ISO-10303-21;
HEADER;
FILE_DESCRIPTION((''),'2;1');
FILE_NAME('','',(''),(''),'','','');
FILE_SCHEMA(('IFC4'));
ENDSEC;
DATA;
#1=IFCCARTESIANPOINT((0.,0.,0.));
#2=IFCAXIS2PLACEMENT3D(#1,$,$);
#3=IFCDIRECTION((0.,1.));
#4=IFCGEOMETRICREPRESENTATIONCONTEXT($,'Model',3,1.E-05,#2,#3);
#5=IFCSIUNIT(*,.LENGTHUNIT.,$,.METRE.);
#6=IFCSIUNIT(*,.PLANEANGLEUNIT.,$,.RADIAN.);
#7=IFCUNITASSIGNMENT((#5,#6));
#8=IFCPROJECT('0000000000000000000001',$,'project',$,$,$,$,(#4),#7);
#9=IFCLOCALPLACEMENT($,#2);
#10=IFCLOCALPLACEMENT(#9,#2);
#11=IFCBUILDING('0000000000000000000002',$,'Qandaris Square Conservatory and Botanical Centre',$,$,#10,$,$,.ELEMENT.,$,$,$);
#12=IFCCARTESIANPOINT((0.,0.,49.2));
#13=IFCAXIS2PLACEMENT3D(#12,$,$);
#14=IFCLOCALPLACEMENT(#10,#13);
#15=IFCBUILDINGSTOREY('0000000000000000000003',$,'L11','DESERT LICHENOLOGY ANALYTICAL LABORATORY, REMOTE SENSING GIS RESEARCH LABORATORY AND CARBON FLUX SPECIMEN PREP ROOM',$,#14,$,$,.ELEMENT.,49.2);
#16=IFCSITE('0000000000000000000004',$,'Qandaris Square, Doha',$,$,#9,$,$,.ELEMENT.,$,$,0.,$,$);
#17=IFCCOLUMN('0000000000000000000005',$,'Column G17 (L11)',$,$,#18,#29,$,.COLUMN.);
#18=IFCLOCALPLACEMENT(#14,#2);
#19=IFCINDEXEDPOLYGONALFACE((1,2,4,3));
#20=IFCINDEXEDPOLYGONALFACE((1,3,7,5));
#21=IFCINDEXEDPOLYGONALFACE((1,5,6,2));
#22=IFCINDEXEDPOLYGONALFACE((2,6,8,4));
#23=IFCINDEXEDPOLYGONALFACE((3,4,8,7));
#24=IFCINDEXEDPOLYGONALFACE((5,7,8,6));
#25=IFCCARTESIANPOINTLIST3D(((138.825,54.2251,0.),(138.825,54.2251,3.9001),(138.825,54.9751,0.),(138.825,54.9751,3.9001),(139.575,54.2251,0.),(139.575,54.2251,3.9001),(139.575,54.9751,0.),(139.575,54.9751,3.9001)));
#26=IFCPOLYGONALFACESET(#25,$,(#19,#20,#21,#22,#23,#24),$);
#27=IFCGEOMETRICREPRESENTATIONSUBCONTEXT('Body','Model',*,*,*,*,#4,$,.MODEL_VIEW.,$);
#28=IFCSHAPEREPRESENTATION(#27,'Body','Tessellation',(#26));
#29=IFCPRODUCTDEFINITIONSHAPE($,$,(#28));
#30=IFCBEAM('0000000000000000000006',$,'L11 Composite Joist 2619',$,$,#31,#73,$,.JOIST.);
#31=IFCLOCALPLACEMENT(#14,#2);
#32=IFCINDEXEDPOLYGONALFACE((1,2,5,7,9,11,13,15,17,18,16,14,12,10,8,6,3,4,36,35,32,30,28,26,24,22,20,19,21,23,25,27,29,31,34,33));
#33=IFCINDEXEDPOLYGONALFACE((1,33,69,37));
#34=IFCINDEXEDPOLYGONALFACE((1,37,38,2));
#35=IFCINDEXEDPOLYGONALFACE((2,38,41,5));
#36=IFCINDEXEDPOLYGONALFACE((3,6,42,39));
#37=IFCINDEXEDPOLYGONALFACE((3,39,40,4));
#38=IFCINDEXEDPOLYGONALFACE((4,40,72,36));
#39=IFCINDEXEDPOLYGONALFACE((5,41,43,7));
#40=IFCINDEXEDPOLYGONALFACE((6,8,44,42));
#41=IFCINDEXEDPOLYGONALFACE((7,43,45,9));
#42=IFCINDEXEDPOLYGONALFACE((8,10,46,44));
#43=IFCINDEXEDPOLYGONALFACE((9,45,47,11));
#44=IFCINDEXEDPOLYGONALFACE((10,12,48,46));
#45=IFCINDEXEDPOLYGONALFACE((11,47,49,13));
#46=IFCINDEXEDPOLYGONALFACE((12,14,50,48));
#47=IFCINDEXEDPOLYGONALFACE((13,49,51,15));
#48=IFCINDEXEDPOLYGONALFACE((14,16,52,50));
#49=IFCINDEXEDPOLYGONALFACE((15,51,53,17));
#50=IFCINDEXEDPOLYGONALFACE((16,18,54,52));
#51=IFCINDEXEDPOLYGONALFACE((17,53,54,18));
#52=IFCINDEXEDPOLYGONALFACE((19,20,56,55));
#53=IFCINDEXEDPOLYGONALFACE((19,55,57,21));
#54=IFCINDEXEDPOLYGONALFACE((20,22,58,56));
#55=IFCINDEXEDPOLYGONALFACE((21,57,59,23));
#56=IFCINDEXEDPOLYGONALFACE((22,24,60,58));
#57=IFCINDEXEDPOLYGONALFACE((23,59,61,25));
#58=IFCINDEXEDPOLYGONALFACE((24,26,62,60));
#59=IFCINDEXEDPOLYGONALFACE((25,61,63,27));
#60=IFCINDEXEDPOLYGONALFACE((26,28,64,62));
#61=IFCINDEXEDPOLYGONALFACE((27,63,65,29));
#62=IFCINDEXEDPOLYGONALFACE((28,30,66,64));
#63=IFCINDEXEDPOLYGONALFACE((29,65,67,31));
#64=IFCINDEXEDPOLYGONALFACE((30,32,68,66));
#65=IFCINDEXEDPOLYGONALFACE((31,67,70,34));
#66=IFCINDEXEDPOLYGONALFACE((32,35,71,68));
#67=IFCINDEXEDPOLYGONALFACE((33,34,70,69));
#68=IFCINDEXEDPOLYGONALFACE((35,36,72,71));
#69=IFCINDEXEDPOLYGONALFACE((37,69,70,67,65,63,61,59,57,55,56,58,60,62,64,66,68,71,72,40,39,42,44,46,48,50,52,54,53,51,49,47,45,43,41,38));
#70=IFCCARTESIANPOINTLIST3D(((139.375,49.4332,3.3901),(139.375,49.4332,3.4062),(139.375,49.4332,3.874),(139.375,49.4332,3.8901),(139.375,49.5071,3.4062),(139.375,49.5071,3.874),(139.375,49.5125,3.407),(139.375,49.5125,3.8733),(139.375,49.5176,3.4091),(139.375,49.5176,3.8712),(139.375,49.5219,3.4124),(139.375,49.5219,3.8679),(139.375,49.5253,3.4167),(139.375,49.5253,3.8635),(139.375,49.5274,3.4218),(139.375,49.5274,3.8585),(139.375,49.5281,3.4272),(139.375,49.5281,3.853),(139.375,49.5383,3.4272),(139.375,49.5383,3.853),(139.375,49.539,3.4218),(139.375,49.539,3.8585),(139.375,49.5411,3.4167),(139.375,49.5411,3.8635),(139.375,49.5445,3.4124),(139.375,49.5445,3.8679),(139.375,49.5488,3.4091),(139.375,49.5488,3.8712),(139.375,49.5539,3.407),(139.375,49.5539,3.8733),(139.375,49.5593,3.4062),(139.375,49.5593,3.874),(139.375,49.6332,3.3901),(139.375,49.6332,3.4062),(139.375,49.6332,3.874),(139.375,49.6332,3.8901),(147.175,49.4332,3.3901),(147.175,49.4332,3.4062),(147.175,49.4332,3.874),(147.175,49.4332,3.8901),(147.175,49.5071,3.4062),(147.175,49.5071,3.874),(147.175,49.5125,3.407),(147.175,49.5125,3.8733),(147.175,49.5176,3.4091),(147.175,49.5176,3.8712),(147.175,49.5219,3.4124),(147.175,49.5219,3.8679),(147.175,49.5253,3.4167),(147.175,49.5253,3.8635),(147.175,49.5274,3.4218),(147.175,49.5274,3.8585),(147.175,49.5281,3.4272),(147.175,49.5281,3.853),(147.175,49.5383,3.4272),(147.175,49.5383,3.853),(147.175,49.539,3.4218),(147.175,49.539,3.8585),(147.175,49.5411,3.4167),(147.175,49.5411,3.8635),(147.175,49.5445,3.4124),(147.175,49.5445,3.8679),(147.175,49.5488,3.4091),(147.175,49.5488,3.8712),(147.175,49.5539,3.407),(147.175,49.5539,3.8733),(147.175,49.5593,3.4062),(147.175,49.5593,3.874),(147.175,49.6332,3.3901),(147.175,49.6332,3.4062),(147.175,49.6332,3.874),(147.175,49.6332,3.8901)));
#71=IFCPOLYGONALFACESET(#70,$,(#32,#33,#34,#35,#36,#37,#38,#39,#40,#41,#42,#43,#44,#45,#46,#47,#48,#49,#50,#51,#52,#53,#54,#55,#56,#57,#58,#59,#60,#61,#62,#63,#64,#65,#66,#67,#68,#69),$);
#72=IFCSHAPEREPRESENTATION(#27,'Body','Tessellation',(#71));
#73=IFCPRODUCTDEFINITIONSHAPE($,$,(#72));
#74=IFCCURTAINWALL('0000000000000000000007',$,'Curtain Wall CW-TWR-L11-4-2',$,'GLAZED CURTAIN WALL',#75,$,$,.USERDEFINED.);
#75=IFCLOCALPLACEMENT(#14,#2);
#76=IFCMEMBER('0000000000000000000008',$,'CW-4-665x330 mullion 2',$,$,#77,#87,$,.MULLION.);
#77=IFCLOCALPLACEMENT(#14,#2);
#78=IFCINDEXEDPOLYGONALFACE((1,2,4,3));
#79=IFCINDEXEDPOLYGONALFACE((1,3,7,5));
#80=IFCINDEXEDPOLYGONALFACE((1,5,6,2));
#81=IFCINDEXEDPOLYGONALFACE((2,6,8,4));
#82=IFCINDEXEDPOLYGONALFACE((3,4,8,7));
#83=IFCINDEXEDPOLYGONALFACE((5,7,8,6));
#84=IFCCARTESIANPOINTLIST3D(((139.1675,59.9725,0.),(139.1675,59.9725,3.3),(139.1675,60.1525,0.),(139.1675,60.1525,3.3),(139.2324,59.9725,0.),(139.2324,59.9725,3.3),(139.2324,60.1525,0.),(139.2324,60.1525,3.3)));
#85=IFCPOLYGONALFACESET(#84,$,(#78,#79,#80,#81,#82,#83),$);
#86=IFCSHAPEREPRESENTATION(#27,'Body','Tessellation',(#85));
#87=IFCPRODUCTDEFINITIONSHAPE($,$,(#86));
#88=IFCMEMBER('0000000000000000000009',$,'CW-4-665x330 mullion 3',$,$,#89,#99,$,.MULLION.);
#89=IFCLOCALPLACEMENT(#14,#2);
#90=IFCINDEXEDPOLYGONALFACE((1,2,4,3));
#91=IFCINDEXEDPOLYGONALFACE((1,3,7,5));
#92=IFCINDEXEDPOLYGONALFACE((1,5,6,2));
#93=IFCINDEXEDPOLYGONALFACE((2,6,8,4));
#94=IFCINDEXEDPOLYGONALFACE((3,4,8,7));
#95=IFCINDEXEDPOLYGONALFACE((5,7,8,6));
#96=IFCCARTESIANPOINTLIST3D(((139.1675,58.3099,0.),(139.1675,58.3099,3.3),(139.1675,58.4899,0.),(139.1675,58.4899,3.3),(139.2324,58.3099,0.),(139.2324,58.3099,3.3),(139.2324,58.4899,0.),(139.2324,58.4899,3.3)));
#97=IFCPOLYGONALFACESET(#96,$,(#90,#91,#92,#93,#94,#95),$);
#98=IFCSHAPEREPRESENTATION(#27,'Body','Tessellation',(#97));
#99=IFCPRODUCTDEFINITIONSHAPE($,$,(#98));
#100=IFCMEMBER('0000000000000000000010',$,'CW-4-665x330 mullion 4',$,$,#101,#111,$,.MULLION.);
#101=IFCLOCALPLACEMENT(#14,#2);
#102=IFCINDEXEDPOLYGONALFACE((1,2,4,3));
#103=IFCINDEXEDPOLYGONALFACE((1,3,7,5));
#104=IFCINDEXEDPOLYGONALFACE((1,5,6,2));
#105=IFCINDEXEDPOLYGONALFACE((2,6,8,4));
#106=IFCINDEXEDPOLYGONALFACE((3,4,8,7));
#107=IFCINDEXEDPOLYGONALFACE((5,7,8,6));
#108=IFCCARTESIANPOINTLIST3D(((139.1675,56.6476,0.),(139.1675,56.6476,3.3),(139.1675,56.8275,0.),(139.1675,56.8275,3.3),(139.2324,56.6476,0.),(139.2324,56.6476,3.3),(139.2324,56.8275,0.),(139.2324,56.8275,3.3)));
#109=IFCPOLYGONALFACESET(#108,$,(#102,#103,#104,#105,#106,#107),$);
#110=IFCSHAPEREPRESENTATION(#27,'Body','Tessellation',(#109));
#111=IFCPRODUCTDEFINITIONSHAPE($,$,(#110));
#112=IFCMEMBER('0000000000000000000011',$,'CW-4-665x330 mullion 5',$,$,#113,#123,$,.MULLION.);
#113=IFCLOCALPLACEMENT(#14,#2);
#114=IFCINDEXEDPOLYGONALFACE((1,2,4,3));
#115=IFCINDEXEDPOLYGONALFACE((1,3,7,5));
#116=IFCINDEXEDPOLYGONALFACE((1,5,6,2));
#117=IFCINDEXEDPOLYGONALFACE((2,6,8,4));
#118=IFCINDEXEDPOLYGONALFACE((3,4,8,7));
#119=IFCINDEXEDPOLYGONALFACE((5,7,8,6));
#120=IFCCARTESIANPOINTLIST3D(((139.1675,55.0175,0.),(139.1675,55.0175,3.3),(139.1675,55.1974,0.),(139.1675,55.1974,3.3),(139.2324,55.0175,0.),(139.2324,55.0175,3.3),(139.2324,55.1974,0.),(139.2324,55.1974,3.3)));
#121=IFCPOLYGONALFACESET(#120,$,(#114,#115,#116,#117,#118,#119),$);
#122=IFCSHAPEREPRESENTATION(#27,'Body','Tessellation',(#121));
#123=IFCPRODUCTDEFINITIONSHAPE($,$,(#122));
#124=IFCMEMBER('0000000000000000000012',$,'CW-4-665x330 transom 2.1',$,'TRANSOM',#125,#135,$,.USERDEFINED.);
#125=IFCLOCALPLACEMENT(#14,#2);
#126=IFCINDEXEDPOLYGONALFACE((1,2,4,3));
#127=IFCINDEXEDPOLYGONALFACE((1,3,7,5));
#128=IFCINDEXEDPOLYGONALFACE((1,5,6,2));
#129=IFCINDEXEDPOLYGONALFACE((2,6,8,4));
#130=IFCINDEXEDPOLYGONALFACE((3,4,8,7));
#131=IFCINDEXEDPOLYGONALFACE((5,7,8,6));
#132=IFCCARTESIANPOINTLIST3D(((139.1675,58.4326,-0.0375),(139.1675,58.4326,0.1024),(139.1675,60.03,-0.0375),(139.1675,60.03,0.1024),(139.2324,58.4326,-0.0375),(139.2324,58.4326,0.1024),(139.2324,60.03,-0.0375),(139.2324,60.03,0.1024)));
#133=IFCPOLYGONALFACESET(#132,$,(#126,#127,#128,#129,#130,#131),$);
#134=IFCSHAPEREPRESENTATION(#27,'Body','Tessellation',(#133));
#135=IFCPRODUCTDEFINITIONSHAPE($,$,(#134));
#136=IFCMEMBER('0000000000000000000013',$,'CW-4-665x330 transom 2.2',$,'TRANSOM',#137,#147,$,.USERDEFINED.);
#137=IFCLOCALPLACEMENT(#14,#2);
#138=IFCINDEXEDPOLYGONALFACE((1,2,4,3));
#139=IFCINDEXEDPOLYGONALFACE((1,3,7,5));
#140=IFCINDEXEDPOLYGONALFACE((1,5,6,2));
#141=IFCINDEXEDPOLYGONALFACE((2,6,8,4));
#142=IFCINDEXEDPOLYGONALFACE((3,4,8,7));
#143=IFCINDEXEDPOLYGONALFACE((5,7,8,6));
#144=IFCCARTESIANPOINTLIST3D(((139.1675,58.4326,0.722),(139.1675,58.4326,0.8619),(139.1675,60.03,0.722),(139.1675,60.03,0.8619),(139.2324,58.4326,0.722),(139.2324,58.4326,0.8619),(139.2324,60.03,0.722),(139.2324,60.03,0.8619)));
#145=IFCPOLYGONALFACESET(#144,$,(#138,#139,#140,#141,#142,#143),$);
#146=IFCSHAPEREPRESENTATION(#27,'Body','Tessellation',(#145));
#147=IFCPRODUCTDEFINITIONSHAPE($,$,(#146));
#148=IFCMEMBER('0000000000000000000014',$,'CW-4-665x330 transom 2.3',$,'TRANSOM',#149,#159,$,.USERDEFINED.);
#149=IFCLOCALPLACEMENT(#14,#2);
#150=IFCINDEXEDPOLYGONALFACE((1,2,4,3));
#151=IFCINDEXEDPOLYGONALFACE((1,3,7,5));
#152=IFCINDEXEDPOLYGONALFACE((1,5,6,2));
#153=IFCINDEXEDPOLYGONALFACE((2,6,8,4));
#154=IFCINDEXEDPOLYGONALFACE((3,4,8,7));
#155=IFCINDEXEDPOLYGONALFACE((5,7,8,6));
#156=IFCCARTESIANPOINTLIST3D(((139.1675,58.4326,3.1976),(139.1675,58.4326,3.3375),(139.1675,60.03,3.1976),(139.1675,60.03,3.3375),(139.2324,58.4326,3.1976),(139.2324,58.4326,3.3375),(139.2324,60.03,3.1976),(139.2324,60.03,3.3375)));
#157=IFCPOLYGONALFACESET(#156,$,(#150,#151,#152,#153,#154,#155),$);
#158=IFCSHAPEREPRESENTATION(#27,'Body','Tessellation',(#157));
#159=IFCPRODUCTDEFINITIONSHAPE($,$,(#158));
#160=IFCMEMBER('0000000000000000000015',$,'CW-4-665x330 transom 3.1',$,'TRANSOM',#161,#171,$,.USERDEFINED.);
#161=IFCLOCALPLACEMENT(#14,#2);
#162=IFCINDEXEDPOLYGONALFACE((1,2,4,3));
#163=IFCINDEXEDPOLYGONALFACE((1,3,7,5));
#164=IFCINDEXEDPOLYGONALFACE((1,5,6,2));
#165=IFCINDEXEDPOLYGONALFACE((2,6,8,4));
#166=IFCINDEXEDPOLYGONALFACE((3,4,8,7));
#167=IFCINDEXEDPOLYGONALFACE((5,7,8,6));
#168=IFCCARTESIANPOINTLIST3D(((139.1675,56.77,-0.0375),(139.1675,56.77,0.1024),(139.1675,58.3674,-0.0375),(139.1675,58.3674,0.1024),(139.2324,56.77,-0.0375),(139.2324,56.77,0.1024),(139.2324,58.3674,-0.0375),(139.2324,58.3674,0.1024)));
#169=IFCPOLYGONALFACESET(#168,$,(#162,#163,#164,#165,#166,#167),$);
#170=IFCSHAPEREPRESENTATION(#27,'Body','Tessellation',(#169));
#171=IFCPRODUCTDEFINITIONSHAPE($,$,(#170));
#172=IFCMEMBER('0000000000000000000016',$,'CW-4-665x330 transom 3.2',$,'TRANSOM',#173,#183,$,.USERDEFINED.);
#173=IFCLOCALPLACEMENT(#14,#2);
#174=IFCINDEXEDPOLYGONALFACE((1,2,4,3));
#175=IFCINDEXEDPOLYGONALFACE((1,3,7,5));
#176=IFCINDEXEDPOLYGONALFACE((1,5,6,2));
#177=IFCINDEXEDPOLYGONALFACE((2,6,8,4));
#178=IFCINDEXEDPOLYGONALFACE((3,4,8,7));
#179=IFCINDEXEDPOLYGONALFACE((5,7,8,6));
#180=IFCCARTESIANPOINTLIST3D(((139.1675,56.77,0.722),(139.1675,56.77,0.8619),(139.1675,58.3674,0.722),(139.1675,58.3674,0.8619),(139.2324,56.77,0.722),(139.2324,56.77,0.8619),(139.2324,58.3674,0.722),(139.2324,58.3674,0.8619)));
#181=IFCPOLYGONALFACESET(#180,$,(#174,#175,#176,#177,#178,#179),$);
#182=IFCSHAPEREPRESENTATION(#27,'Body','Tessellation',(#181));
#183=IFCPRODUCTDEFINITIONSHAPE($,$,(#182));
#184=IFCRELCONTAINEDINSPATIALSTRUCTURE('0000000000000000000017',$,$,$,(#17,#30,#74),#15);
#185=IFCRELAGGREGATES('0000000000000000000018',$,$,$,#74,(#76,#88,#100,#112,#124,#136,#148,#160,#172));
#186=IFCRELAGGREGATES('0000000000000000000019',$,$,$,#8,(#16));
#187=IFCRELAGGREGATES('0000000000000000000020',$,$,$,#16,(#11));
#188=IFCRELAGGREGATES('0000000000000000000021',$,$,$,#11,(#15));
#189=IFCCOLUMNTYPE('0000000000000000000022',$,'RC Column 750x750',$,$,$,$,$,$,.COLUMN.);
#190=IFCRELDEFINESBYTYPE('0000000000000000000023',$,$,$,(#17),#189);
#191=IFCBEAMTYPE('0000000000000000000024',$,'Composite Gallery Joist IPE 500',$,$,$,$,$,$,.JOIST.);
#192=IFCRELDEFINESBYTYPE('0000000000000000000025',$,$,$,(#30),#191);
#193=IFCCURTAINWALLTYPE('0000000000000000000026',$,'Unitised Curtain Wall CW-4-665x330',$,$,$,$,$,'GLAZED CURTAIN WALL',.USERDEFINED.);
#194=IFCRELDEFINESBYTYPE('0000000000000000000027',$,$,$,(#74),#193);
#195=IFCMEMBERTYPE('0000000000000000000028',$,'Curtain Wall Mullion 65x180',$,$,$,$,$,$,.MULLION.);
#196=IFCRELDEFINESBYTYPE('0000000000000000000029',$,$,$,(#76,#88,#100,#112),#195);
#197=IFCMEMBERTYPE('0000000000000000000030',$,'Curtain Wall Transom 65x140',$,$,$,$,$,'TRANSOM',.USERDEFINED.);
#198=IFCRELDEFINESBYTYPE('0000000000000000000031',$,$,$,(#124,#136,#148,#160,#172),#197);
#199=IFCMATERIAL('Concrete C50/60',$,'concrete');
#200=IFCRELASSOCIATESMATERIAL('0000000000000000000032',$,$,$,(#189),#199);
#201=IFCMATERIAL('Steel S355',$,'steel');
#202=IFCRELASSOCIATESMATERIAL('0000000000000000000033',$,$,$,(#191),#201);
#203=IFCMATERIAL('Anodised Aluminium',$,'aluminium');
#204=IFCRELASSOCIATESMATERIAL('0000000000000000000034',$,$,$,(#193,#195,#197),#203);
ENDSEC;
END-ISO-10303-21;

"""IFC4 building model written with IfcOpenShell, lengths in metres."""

from ifc_helpers import new_model, si_unit, direction, frame, origin, origin_2d, place, context, subcontext, project, spatial, rectangle, i_section, extrude, material, material_profile, profile_set, type_object, element, aggregate, save


model = new_model("IFC4")

# Units and contexts
model_context = context("Model", 3, precision=1e-05, world=origin(), true_north=direction((0.0, 1.0)))
body_context = subcontext(model_context, "Body", "Model", "MODEL_VIEW")
ifc_project = project(units=[si_unit("LENGTHUNIT", "METRE"), si_unit("PLANEANGLEUNIT", "RADIAN")], contexts=[model_context])

# Site, building, storey
site_placement = place(None, origin())
site = spatial("IfcSite", under=ifc_project, at=site_placement, Name="Qandaris Square, Doha", CompositionType="ELEMENT", RefElevation=0.0)
building_placement = place(site_placement, origin())
building = spatial("IfcBuilding", under=site, at=building_placement, Name="Qandaris Square Conservatory and Botanical Centre", CompositionType="ELEMENT")
storey_placement = place(building_placement, frame((0.0, 0.0, 49.2)))
storey = spatial("IfcBuildingStorey", under=building, at=storey_placement, Name="L11", Description="DESERT LICHENOLOGY ANALYTICAL LABORATORY, REMOTE SENSING GIS RESEARCH LABORATORY AND CARBON FLUX SPECIMEN PREP ROOM", CompositionType="ELEMENT", Elevation=49.2)

# Column
ifc_material_1 = material(Name="Concrete C50/60", Category="concrete")
ifc_material_profile_1 = material_profile(ifc_material_1, rectangle(XDim=0.75, YDim=0.75, at=origin_2d()), Name="RC-COL 750x750")
ifc_profile_set_1 = profile_set([ifc_material_profile_1], Name="Concrete C50/60")
column_type = type_object("IfcColumnType", Name="RC Column 750x750", PredefinedType="COLUMN", material=ifc_profile_set_1)
column_placement = place(storey_placement, frame((139.2, 54.6001, 0.0), z_axis=(0.0, 0.0, 1.0), x_axis=(1.0, 0.0, 0.0)))
element("IfcColumn", 1, at=column_placement, inside=storey, type_object=column_type, Name="Column G17 (L11)", PredefinedType="COLUMN", context=body_context, shape_type="SweptSolid", body=[
    extrude(rectangle(XDim=0.75, YDim=0.75, at=origin_2d()), origin(), (0.0, 0.0, 1.0), 3.9001),
])

# Beam
ifc_material_2 = material(Name="Steel S355", Category="steel")
ifc_material_profile_2 = material_profile(ifc_material_2, i_section(OverallWidth=0.2, OverallDepth=0.5, WebThickness=0.0103, FlangeThickness=0.0161, FilletRadius=0.021, at=origin_2d()), Name="IPE 500")
ifc_profile_set_2 = profile_set([ifc_material_profile_2], Name="Steel S355")
beam_type_1 = type_object("IfcBeamType", Name="Composite Gallery Joist IPE 500", PredefinedType="JOIST", material=ifc_profile_set_2)
beam_1_placement = place(storey_placement, frame((139.375, 49.5332, 3.6401), z_axis=(1.0, 0.0, 0.0), x_axis=(0.0, 1.0, 0.0)))
element("IfcBeam", 2, at=beam_1_placement, inside=storey, type_object=beam_type_1, Name="L11 Composite Joist 2619", PredefinedType="JOIST", context=body_context, shape_type="SweptSolid", body=[
    extrude(i_section(OverallWidth=0.2, OverallDepth=0.5, WebThickness=0.0103, FlangeThickness=0.0161, FilletRadius=0.021, at=origin_2d()), origin(), (0.0, 0.0, 1.0), 7.8),
])

# Curtain wall, members
ifc_material_3 = material(Name="Anodised Aluminium", Category="aluminium")
curtain_wall_type = type_object("IfcCurtainWallType", Name="Unitised Curtain Wall CW-4-665x330", ElementType="GLAZED CURTAIN WALL", PredefinedType="USERDEFINED", material=ifc_material_3)
curtain_wall_placement = place(storey_placement, origin())
curtain_wall = element("IfcCurtainWall", 3, at=curtain_wall_placement, inside=storey, type_object=curtain_wall_type, Name="Curtain Wall CW-TWR-L11-4-2", ObjectType="GLAZED CURTAIN WALL", PredefinedType="USERDEFINED")
ifc_material_profile_3 = material_profile(ifc_material_3, rectangle(XDim=0.0649, YDim=0.1799, at=origin_2d()), Name="ALU-MUL 65x180")
ifc_profile_set_3 = profile_set([ifc_material_profile_3], Name="Anodised Aluminium")
member_type_1 = type_object("IfcMemberType", Name="Curtain Wall Mullion 65x180", PredefinedType="MULLION", material=ifc_profile_set_3)
member_1_placement = place(storey_placement, frame((139.2, 60.0625, 0.0), z_axis=(0.0, 0.0, 1.0), x_axis=(1.0, 0.0, 0.0)))
member_1 = element("IfcMember", 4, at=member_1_placement, type_object=member_type_1, Name="CW-4-665x330 mullion 2", PredefinedType="MULLION", context=body_context, shape_type="SweptSolid", body=[
    extrude(rectangle(XDim=0.0649, YDim=0.1799, at=origin_2d()), origin(), (0.0, 0.0, 1.0), 3.3),
])
member_2_placement = place(storey_placement, frame((139.2, 58.3999, 0.0), z_axis=(0.0, 0.0, 1.0), x_axis=(1.0, 0.0, 0.0)))
member_2 = element("IfcMember", 5, at=member_2_placement, type_object=member_type_1, Name="CW-4-665x330 mullion 3", PredefinedType="MULLION", context=body_context, shape_type="SweptSolid", body=[
    extrude(rectangle(XDim=0.0649, YDim=0.1799, at=origin_2d()), origin(), (0.0, 0.0, 1.0), 3.3),
])
member_3_placement = place(storey_placement, frame((139.2, 56.7375, 0.0), z_axis=(0.0, 0.0, 1.0), x_axis=(1.0, 0.0, 0.0)))
member_3 = element("IfcMember", 6, at=member_3_placement, type_object=member_type_1, Name="CW-4-665x330 mullion 4", PredefinedType="MULLION", context=body_context, shape_type="SweptSolid", body=[
    extrude(rectangle(XDim=0.0649, YDim=0.1799, at=origin_2d()), origin(), (0.0, 0.0, 1.0), 3.3),
])
member_4_placement = place(storey_placement, frame((139.2, 55.1074, 0.0), z_axis=(0.0, 0.0, 1.0), x_axis=(1.0, 0.0, 0.0)))
member_4 = element("IfcMember", 7, at=member_4_placement, type_object=member_type_1, Name="CW-4-665x330 mullion 5", PredefinedType="MULLION", context=body_context, shape_type="SweptSolid", body=[
    extrude(rectangle(XDim=0.0649, YDim=0.1799, at=origin_2d()), origin(), (0.0, 0.0, 1.0), 3.3),
])
ifc_material_profile_4 = material_profile(ifc_material_3, rectangle(XDim=0.0649, YDim=0.1399, at=origin_2d()), Name="ALU-TRN 65x140")
ifc_profile_set_4 = profile_set([ifc_material_profile_4], Name="Anodised Aluminium")
member_type_2 = type_object("IfcMemberType", Name="Curtain Wall Transom 65x140", ElementType="TRANSOM", PredefinedType="USERDEFINED", material=ifc_profile_set_4)
member_5_placement = place(storey_placement, frame((139.2, 60.03, 0.0325), z_axis=(0.0, -1.0, 0.0), x_axis=(1.0, 0.0, 0.0)))
member_5 = element("IfcMember", 8, at=member_5_placement, type_object=member_type_2, Name="CW-4-665x330 transom 2.1", ObjectType="TRANSOM", PredefinedType="USERDEFINED", context=body_context, shape_type="SweptSolid", body=[
    extrude(rectangle(XDim=0.0649, YDim=0.1399, at=origin_2d()), origin(), (0.0, 0.0, 1.0), 1.5974),
])
member_6_placement = place(storey_placement, frame((139.2, 60.03, 0.792), z_axis=(0.0, -1.0, 0.0), x_axis=(1.0, 0.0, 0.0)))
member_6 = element("IfcMember", 9, at=member_6_placement, type_object=member_type_2, Name="CW-4-665x330 transom 2.2", ObjectType="TRANSOM", PredefinedType="USERDEFINED", context=body_context, shape_type="SweptSolid", body=[
    extrude(rectangle(XDim=0.0649, YDim=0.1399, at=origin_2d()), origin(), (0.0, 0.0, 1.0), 1.5974),
])
member_7_placement = place(storey_placement, frame((139.2, 60.03, 3.2676), z_axis=(0.0, -1.0, 0.0), x_axis=(1.0, 0.0, 0.0)))
member_7 = element("IfcMember", 10, at=member_7_placement, type_object=member_type_2, Name="CW-4-665x330 transom 2.3", ObjectType="TRANSOM", PredefinedType="USERDEFINED", context=body_context, shape_type="SweptSolid", body=[
    extrude(rectangle(XDim=0.0649, YDim=0.1399, at=origin_2d()), origin(), (0.0, 0.0, 1.0), 1.5974),
])
member_8_placement = place(storey_placement, frame((139.2, 58.3674, 0.0325), z_axis=(0.0, -1.0, 0.0), x_axis=(1.0, 0.0, 0.0)))
member_8 = element("IfcMember", 11, at=member_8_placement, type_object=member_type_2, Name="CW-4-665x330 transom 3.1", ObjectType="TRANSOM", PredefinedType="USERDEFINED", context=body_context, shape_type="SweptSolid", body=[
    extrude(rectangle(XDim=0.0649, YDim=0.1399, at=origin_2d()), origin(), (0.0, 0.0, 1.0), 1.5974),
])
member_9_placement = place(storey_placement, frame((139.2, 58.3674, 0.792), z_axis=(0.0, -1.0, 0.0), x_axis=(1.0, 0.0, 0.0)))
member_9 = element("IfcMember", 12, at=member_9_placement, type_object=member_type_2, Name="CW-4-665x330 transom 3.2", ObjectType="TRANSOM", PredefinedType="USERDEFINED", context=body_context, shape_type="SweptSolid", body=[
    extrude(rectangle(XDim=0.0649, YDim=0.1399, at=origin_2d()), origin(), (0.0, 0.0, 1.0), 1.5974),
])

aggregate(curtain_wall, [member_1, member_2, member_3, member_4, member_5, member_6, member_7, member_8, member_9])

save(model, "model.ifc")
